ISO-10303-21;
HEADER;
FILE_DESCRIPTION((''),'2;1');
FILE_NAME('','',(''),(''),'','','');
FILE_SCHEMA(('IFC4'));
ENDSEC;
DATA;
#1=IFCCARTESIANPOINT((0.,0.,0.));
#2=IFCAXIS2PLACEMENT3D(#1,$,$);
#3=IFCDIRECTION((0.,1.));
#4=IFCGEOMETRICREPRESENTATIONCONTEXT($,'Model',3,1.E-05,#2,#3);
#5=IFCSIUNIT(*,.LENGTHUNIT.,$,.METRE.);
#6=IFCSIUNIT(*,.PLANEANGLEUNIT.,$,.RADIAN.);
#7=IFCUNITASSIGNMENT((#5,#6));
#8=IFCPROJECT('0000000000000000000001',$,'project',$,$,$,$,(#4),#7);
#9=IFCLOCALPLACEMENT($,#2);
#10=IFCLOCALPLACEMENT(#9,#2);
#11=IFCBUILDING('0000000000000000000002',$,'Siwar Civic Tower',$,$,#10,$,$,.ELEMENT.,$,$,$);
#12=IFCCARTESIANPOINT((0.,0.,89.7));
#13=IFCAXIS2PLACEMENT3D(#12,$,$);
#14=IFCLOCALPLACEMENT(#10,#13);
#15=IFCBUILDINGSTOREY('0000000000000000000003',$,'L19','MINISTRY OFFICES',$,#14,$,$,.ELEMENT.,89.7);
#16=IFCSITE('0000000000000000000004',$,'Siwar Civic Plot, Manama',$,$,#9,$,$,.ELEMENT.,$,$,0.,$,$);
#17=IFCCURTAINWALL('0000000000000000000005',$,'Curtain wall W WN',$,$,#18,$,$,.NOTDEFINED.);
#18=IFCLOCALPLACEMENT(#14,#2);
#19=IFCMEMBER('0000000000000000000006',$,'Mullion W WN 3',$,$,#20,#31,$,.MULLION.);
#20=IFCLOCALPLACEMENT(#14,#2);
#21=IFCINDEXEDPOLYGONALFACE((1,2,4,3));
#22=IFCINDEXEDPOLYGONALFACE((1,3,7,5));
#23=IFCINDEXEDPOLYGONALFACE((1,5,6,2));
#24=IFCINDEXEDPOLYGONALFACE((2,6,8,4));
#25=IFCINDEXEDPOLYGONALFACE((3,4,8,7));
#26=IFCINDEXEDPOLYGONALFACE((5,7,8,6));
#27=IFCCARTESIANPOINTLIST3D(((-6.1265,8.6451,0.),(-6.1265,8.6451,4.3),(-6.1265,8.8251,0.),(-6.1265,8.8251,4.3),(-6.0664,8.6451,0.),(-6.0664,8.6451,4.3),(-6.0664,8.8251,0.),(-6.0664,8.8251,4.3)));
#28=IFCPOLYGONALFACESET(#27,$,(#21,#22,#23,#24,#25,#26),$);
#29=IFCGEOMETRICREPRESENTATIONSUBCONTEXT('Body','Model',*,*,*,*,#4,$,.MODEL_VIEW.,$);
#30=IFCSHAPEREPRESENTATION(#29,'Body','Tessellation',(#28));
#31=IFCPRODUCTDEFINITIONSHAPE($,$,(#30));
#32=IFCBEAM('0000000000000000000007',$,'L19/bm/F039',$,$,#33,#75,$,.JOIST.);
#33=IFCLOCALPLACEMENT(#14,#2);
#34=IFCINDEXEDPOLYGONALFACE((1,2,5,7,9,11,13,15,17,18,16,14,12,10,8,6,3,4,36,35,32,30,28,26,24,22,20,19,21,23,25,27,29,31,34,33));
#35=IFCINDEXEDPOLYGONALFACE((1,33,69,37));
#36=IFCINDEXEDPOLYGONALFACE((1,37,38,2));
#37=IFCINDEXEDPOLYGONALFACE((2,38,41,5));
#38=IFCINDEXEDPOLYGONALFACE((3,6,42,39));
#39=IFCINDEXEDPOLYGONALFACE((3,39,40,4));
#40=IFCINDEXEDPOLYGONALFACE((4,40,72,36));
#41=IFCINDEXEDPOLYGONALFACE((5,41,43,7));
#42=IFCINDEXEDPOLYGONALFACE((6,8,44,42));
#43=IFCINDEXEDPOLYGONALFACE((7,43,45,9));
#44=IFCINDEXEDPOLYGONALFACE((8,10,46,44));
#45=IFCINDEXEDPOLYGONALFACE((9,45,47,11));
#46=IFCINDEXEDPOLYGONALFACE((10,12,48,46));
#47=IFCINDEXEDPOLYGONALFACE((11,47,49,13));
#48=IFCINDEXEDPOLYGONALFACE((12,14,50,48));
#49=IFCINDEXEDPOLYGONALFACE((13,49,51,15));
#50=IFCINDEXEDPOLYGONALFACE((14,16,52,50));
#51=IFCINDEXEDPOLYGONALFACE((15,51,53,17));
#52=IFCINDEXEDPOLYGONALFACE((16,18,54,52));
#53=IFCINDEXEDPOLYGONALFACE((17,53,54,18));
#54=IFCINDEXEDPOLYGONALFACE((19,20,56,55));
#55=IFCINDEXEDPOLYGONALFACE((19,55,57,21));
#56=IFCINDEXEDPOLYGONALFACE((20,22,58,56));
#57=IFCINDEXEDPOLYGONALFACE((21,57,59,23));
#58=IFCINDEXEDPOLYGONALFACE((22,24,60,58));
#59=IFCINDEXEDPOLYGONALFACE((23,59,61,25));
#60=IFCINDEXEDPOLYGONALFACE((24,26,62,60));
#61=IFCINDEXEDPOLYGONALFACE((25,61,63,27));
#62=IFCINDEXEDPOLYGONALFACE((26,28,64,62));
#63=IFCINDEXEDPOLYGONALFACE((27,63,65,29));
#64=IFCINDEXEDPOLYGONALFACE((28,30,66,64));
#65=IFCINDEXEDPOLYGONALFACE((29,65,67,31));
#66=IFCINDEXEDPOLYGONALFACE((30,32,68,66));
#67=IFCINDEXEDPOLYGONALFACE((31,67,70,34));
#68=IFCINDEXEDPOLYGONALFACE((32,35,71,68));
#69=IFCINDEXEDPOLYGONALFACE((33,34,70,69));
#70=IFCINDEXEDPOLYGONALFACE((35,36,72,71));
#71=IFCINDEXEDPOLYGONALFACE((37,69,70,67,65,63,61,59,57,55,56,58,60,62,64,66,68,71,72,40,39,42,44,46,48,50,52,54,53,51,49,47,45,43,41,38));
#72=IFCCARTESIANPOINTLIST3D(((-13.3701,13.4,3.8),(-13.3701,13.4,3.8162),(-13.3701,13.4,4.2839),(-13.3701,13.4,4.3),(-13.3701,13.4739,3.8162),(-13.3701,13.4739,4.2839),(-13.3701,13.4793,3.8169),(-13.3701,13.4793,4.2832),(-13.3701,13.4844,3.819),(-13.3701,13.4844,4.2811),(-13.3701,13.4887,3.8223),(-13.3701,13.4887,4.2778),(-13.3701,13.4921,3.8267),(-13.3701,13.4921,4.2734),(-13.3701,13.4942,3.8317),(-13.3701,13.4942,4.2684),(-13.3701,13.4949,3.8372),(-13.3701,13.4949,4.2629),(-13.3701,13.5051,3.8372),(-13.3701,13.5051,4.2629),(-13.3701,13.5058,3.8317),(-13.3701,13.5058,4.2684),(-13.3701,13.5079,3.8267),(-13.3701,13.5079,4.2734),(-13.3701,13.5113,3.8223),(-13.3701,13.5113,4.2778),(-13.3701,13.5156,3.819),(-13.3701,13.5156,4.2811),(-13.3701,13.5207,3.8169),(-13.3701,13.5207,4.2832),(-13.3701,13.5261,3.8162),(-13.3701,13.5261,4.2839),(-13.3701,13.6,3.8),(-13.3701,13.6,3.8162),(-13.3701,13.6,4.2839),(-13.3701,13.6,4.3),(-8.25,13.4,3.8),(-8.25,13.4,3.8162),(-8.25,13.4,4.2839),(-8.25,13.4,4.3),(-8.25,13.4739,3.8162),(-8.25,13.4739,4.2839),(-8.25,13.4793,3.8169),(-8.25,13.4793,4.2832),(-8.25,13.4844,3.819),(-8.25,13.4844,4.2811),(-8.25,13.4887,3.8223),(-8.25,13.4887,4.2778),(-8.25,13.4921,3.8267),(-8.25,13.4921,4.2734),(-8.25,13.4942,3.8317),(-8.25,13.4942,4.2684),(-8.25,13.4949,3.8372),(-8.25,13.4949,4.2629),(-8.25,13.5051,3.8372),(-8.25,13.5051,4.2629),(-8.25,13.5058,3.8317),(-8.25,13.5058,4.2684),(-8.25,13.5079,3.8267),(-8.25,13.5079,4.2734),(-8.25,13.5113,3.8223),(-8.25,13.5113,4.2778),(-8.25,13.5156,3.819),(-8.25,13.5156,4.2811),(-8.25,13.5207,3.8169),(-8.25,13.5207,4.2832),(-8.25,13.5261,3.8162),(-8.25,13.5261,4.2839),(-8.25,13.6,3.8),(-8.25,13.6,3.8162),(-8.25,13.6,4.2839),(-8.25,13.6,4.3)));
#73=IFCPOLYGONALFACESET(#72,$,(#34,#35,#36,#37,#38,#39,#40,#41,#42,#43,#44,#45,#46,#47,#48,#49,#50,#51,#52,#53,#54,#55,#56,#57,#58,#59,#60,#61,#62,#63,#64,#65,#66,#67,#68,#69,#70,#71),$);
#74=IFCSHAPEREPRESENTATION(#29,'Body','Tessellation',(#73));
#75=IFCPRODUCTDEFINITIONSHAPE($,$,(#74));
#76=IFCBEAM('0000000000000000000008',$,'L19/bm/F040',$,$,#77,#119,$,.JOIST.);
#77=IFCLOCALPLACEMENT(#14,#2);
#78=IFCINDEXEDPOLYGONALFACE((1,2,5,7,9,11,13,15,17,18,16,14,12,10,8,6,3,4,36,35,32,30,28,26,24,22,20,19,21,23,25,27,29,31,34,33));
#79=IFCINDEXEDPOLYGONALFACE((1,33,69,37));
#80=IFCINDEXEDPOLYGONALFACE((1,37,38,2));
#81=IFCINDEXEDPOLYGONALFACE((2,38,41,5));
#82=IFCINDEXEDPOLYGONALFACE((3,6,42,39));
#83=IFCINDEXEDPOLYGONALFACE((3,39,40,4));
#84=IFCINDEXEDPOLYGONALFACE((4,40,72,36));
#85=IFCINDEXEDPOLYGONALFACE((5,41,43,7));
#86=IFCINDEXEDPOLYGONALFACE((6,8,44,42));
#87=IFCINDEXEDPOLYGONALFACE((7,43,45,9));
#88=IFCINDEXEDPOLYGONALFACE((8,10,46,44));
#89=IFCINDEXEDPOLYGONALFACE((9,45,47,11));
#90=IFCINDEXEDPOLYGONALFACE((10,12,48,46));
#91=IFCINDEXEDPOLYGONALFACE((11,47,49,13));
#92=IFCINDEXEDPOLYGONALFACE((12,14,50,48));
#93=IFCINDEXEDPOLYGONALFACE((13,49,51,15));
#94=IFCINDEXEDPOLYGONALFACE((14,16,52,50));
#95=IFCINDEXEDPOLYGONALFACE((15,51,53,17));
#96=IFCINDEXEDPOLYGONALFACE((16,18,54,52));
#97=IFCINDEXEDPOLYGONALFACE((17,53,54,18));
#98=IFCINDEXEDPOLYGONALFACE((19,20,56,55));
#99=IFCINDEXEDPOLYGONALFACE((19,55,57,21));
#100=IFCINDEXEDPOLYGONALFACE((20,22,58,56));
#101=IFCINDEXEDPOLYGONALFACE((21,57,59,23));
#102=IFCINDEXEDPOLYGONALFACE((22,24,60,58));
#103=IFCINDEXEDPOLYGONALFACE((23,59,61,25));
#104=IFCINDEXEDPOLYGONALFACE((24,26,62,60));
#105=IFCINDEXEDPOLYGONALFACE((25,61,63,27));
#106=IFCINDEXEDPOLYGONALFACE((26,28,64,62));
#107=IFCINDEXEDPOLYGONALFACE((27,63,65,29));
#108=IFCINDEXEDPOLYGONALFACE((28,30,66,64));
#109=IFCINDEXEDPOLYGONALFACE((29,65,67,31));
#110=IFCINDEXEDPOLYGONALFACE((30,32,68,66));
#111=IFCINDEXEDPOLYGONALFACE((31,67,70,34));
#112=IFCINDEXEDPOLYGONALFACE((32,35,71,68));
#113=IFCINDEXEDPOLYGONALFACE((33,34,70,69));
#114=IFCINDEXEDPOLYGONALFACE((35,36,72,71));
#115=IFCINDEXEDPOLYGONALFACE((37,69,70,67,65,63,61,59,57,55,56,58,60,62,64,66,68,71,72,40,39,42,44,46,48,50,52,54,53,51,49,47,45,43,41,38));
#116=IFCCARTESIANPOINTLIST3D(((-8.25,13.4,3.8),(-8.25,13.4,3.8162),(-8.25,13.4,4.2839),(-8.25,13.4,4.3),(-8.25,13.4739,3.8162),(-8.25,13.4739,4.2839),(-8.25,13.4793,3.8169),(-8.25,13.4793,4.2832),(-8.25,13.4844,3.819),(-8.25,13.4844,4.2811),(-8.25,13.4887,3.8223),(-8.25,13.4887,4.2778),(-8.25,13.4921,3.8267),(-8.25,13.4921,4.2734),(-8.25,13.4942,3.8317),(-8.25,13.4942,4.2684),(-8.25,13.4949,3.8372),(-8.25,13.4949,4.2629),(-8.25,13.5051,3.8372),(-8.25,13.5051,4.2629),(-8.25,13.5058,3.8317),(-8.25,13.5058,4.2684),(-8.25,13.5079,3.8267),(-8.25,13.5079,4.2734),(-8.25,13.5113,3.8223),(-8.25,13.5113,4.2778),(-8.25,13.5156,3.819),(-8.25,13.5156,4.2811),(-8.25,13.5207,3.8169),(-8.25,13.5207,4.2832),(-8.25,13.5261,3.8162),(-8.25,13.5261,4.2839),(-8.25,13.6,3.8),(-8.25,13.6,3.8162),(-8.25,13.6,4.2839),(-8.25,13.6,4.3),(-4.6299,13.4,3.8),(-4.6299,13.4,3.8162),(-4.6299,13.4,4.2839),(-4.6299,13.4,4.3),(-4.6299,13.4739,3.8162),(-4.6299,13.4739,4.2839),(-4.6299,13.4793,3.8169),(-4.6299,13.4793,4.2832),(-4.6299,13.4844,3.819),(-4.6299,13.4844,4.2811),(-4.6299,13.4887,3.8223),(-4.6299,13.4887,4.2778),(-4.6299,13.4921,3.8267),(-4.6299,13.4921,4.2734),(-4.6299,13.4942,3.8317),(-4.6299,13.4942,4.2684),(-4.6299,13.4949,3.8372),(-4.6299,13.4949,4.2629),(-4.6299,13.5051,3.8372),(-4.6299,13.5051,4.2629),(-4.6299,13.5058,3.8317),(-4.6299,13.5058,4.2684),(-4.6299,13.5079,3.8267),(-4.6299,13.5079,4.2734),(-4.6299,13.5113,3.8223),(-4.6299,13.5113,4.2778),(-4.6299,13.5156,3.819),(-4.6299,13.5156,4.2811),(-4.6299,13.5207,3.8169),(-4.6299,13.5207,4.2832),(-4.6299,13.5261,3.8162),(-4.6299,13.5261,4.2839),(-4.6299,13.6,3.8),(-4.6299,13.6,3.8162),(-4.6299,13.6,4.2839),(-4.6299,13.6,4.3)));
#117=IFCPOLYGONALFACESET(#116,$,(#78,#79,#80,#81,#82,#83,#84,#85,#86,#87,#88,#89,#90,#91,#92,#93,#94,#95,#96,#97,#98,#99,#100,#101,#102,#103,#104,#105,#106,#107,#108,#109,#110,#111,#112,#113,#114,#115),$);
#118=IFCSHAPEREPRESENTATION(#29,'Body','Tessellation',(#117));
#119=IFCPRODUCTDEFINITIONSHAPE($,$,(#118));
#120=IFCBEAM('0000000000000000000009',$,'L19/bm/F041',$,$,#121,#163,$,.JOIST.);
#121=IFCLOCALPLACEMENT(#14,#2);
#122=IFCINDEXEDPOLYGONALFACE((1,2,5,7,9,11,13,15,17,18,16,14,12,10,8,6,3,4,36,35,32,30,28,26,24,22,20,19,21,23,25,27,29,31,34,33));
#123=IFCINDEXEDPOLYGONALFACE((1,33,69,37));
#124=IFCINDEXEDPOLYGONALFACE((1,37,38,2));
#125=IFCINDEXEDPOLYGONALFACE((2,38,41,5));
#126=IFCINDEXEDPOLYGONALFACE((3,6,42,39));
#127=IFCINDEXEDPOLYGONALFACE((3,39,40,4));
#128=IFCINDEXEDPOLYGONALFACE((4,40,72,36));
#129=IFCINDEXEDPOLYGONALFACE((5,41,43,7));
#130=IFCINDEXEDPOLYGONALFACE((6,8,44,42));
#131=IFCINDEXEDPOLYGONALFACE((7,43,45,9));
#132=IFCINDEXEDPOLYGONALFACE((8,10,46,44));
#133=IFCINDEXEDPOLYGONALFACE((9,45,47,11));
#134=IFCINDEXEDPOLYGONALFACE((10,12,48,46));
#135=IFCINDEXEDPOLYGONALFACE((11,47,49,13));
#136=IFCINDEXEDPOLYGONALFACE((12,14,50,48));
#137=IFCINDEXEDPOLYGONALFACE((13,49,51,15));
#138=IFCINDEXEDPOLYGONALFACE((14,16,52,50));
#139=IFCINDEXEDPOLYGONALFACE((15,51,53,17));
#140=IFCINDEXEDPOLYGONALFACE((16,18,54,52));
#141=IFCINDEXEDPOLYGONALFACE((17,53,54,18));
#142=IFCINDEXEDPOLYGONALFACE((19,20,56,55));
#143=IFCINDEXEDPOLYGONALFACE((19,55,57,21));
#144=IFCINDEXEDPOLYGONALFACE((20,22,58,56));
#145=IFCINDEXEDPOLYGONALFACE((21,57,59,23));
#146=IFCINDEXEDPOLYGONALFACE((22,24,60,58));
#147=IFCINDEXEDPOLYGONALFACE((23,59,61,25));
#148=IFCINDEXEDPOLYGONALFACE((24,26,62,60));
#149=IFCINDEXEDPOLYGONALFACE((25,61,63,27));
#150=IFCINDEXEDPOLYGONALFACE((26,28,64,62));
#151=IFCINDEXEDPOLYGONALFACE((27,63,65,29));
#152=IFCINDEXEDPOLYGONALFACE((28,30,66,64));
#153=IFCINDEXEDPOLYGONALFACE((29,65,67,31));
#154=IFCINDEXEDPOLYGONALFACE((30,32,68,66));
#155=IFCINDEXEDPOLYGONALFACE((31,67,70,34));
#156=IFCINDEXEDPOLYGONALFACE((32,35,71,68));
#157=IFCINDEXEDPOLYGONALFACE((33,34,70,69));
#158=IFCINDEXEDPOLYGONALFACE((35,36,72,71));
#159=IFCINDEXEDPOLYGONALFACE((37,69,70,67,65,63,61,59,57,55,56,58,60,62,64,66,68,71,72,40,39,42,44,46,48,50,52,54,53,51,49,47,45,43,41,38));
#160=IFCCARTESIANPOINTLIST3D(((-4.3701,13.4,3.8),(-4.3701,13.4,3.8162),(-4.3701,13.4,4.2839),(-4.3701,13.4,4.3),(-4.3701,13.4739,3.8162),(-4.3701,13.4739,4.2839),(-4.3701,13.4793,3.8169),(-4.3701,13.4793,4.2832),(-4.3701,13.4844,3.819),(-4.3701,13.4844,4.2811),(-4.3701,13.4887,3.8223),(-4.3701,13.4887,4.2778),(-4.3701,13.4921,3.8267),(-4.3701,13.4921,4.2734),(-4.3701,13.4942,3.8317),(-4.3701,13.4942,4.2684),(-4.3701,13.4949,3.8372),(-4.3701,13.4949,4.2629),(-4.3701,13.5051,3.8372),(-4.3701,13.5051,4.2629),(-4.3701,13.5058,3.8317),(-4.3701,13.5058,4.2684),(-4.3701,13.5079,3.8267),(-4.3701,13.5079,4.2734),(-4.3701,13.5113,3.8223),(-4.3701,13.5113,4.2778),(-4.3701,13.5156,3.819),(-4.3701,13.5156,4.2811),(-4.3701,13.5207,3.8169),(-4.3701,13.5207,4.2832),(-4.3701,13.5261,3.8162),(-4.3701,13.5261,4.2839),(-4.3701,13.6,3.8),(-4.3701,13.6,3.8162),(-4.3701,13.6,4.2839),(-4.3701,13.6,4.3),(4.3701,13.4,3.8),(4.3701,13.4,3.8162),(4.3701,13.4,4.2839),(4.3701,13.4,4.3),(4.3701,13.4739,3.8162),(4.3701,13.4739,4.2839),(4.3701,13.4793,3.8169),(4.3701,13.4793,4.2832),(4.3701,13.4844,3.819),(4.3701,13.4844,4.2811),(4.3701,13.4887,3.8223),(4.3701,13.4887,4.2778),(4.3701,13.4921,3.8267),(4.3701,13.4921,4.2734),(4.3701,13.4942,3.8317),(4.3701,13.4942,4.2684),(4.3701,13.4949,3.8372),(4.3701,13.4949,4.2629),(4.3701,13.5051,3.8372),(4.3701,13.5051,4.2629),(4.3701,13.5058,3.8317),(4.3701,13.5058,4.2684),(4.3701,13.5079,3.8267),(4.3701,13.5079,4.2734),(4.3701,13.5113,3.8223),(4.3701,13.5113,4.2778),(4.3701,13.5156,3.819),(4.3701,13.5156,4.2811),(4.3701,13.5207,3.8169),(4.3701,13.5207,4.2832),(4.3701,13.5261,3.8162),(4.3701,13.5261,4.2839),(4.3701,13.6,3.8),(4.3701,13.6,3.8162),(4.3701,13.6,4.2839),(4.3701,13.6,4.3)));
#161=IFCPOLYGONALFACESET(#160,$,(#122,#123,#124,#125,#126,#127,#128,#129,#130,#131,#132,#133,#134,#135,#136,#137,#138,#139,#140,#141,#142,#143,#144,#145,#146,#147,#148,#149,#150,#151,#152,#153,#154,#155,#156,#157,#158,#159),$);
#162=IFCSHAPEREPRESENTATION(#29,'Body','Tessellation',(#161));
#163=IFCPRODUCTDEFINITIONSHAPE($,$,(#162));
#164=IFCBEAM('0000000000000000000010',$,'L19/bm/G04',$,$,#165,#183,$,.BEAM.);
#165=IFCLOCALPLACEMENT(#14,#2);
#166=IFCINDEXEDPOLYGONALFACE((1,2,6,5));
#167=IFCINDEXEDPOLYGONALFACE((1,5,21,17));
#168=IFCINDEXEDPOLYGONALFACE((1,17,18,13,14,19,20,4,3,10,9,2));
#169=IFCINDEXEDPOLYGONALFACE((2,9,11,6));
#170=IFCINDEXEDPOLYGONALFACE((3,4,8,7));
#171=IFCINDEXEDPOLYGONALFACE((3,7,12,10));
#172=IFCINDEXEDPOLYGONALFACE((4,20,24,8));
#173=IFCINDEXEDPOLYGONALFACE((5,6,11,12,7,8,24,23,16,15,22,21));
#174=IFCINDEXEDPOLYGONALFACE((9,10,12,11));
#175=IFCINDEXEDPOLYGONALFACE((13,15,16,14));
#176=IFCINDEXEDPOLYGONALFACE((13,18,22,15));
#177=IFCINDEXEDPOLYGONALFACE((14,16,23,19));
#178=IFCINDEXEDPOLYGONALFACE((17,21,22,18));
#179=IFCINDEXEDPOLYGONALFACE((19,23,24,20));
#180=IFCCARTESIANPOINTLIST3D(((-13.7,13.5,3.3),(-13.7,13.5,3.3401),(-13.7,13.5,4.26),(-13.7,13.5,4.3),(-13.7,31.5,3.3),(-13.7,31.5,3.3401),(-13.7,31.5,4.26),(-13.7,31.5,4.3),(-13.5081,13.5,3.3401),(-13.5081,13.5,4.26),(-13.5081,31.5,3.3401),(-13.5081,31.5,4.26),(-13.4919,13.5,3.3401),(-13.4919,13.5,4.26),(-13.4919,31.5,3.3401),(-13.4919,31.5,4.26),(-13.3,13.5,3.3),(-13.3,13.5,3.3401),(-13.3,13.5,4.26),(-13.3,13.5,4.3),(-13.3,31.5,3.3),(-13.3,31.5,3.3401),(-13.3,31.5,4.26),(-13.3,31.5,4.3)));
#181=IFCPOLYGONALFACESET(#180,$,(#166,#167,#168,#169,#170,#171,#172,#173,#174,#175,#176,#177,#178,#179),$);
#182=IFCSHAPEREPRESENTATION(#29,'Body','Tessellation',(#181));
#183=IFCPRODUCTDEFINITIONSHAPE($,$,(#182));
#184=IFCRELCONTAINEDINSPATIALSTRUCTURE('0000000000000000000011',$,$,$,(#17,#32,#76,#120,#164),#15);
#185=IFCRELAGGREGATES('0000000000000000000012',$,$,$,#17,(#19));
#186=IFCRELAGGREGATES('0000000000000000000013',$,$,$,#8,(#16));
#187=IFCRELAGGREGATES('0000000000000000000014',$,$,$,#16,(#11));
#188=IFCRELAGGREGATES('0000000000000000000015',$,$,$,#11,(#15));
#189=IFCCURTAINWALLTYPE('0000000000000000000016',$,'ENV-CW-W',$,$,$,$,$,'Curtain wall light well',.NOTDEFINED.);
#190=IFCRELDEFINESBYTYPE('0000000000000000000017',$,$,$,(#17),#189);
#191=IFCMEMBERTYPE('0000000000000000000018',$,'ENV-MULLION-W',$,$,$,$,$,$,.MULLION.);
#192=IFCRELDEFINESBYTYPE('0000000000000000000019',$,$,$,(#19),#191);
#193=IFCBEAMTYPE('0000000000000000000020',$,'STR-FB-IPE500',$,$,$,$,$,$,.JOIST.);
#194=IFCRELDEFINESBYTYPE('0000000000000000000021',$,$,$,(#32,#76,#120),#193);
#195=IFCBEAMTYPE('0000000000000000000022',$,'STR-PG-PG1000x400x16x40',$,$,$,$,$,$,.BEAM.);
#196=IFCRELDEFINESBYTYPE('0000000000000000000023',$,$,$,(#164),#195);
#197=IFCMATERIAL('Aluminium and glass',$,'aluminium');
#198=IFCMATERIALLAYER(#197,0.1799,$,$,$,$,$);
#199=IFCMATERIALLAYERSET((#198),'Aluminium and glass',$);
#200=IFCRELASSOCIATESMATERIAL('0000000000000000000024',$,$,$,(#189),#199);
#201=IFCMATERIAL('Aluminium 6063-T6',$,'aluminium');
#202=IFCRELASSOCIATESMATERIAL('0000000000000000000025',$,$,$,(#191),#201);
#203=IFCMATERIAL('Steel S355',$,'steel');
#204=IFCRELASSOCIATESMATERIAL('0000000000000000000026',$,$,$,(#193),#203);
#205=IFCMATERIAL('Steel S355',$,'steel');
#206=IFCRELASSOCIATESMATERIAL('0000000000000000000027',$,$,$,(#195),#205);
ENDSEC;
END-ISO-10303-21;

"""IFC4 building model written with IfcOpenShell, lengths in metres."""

from ifc_helpers import new_model, si_unit, direction, frame, origin, origin_2d, place, context, subcontext, project, spatial, rectangle, i_section, extrude, material, layer, layer_set, material_profile, profile_set, type_object, element, aggregate, save


model = new_model("IFC4")

# Units and contexts
model_context = context("Model", 3, precision=1e-05, world=origin(), true_north=direction((0.0, 1.0)))
body_context = subcontext(model_context, "Body", "Model", "MODEL_VIEW")
ifc_project = project(units=[si_unit("LENGTHUNIT", "METRE"), si_unit("PLANEANGLEUNIT", "RADIAN")], contexts=[model_context])

# Site, building, storey
site_placement = place(None, origin())
site = spatial("IfcSite", under=ifc_project, at=site_placement, Name="Siwar Civic Plot, Manama", CompositionType="ELEMENT", RefElevation=0.0)
building_placement = place(site_placement, origin())
building = spatial("IfcBuilding", under=site, at=building_placement, Name="Siwar Civic Tower", CompositionType="ELEMENT")
storey_placement = place(building_placement, frame((0.0, 0.0, 89.7)))
storey = spatial("IfcBuildingStorey", under=building, at=storey_placement, Name="L19", Description="MINISTRY OFFICES", CompositionType="ELEMENT", Elevation=89.7)

# Curtain wall, member
ifc_material_1 = material(Name="Aluminium and glass", Category="aluminium")
ifc_layer_1 = layer(ifc_material_1, 0.1799)
ifc_layer_set_1 = layer_set([ifc_layer_1], Name="Aluminium and glass")
curtain_wall_type = type_object("IfcCurtainWallType", Name="ENV-CW-W", ElementType="Curtain wall light well", PredefinedType="NOTDEFINED", material=ifc_layer_set_1)
curtain_wall_placement = place(storey_placement, origin())
curtain_wall = element("IfcCurtainWall", 1, at=curtain_wall_placement, inside=storey, type_object=curtain_wall_type, Name="Curtain wall W WN", PredefinedType="NOTDEFINED")
ifc_material_2 = material(Name="Aluminium 6063-T6", Category="aluminium")
ifc_material_profile_1 = material_profile(ifc_material_2, rectangle(XDim=0.1799, YDim=0.0601, at=origin_2d()), Name="AL 180x60")
ifc_profile_set_1 = profile_set([ifc_material_profile_1], Name="Aluminium 6063-T6")
member_type = type_object("IfcMemberType", Name="ENV-MULLION-W", PredefinedType="MULLION", material=ifc_profile_set_1)
member_placement = place(storey_placement, frame((-6.0964, 8.7351, 0.0), z_axis=(0.0, 0.0, 1.0), x_axis=(0.0, -1.0, 0.0)))
member = element("IfcMember", 2, at=member_placement, type_object=member_type, Name="Mullion W WN 3", PredefinedType="MULLION", context=body_context, shape_type="SweptSolid", body=[
    extrude(rectangle(XDim=0.1799, YDim=0.0601, at=origin_2d()), origin(), (0.0, 0.0, 1.0), 4.3),
])

# Beams
ifc_material_3 = material(Name="Steel S355", Category="steel")
ifc_material_profile_2 = material_profile(ifc_material_3, i_section(OverallWidth=0.2, OverallDepth=0.5, WebThickness=0.0103, FlangeThickness=0.0161, FilletRadius=0.021, at=origin_2d()), Name="IPE500")
ifc_profile_set_2 = profile_set([ifc_material_profile_2], Name="Steel S355")
beam_type_1 = type_object("IfcBeamType", Name="STR-FB-IPE500", PredefinedType="JOIST", material=ifc_profile_set_2)
beam_1_placement = place(storey_placement, frame((-13.3701, 13.5, 4.05), z_axis=(1.0, 0.0, 0.0), x_axis=(0.0, 1.0, 0.0)))
element("IfcBeam", 3, at=beam_1_placement, inside=storey, type_object=beam_type_1, Name="L19/bm/F039", PredefinedType="JOIST", context=body_context, shape_type="SweptSolid", body=[
    extrude(i_section(OverallWidth=0.2, OverallDepth=0.5, WebThickness=0.0103, FlangeThickness=0.0161, FilletRadius=0.021, at=origin_2d()), origin(), (0.0, 0.0, 1.0), 5.1201),
])
beam_2_placement = place(storey_placement, frame((-8.25, 13.5, 4.05), z_axis=(1.0, 0.0, 0.0), x_axis=(0.0, 1.0, 0.0)))
element("IfcBeam", 4, at=beam_2_placement, inside=storey, type_object=beam_type_1, Name="L19/bm/F040", PredefinedType="JOIST", context=body_context, shape_type="SweptSolid", body=[
    extrude(i_section(OverallWidth=0.2, OverallDepth=0.5, WebThickness=0.0103, FlangeThickness=0.0161, FilletRadius=0.021, at=origin_2d()), origin(), (0.0, 0.0, 1.0), 3.6201),
])
beam_3_placement = place(storey_placement, frame((-4.3701, 13.5, 4.05), z_axis=(1.0, 0.0, 0.0), x_axis=(0.0, 1.0, 0.0)))
element("IfcBeam", 5, at=beam_3_placement, inside=storey, type_object=beam_type_1, Name="L19/bm/F041", PredefinedType="JOIST", context=body_context, shape_type="SweptSolid", body=[
    extrude(i_section(OverallWidth=0.2, OverallDepth=0.5, WebThickness=0.0103, FlangeThickness=0.0161, FilletRadius=0.021, at=origin_2d()), origin(), (0.0, 0.0, 1.0), 8.7402),
])
ifc_material_4 = material(Name="Steel S355", Category="steel")
ifc_material_profile_3 = material_profile(ifc_material_4, i_section(OverallWidth=0.3999, OverallDepth=1.0, WebThickness=0.0161, FlangeThickness=0.04, at=origin_2d()), Name="PG1000x400x16x40")
ifc_profile_set_3 = profile_set([ifc_material_profile_3], Name="Steel S355")
beam_type_2 = type_object("IfcBeamType", Name="STR-PG-PG1000x400x16x40", PredefinedType="BEAM", material=ifc_profile_set_3)
beam_4_placement = place(storey_placement, frame((-13.5, 13.5, 3.8), z_axis=(0.0, 1.0, 0.0), x_axis=(-1.0, 0.0, 0.0)))
element("IfcBeam", 6, at=beam_4_placement, inside=storey, type_object=beam_type_2, Name="L19/bm/G04", PredefinedType="BEAM", context=body_context, shape_type="SweptSolid", body=[
    extrude(i_section(OverallWidth=0.3999, OverallDepth=1.0, WebThickness=0.0161, FlangeThickness=0.04, at=origin_2d()), origin(), (0.0, 0.0, 1.0), 18.0),
])

aggregate(curtain_wall, [member])

save(model, "model.ifc")
